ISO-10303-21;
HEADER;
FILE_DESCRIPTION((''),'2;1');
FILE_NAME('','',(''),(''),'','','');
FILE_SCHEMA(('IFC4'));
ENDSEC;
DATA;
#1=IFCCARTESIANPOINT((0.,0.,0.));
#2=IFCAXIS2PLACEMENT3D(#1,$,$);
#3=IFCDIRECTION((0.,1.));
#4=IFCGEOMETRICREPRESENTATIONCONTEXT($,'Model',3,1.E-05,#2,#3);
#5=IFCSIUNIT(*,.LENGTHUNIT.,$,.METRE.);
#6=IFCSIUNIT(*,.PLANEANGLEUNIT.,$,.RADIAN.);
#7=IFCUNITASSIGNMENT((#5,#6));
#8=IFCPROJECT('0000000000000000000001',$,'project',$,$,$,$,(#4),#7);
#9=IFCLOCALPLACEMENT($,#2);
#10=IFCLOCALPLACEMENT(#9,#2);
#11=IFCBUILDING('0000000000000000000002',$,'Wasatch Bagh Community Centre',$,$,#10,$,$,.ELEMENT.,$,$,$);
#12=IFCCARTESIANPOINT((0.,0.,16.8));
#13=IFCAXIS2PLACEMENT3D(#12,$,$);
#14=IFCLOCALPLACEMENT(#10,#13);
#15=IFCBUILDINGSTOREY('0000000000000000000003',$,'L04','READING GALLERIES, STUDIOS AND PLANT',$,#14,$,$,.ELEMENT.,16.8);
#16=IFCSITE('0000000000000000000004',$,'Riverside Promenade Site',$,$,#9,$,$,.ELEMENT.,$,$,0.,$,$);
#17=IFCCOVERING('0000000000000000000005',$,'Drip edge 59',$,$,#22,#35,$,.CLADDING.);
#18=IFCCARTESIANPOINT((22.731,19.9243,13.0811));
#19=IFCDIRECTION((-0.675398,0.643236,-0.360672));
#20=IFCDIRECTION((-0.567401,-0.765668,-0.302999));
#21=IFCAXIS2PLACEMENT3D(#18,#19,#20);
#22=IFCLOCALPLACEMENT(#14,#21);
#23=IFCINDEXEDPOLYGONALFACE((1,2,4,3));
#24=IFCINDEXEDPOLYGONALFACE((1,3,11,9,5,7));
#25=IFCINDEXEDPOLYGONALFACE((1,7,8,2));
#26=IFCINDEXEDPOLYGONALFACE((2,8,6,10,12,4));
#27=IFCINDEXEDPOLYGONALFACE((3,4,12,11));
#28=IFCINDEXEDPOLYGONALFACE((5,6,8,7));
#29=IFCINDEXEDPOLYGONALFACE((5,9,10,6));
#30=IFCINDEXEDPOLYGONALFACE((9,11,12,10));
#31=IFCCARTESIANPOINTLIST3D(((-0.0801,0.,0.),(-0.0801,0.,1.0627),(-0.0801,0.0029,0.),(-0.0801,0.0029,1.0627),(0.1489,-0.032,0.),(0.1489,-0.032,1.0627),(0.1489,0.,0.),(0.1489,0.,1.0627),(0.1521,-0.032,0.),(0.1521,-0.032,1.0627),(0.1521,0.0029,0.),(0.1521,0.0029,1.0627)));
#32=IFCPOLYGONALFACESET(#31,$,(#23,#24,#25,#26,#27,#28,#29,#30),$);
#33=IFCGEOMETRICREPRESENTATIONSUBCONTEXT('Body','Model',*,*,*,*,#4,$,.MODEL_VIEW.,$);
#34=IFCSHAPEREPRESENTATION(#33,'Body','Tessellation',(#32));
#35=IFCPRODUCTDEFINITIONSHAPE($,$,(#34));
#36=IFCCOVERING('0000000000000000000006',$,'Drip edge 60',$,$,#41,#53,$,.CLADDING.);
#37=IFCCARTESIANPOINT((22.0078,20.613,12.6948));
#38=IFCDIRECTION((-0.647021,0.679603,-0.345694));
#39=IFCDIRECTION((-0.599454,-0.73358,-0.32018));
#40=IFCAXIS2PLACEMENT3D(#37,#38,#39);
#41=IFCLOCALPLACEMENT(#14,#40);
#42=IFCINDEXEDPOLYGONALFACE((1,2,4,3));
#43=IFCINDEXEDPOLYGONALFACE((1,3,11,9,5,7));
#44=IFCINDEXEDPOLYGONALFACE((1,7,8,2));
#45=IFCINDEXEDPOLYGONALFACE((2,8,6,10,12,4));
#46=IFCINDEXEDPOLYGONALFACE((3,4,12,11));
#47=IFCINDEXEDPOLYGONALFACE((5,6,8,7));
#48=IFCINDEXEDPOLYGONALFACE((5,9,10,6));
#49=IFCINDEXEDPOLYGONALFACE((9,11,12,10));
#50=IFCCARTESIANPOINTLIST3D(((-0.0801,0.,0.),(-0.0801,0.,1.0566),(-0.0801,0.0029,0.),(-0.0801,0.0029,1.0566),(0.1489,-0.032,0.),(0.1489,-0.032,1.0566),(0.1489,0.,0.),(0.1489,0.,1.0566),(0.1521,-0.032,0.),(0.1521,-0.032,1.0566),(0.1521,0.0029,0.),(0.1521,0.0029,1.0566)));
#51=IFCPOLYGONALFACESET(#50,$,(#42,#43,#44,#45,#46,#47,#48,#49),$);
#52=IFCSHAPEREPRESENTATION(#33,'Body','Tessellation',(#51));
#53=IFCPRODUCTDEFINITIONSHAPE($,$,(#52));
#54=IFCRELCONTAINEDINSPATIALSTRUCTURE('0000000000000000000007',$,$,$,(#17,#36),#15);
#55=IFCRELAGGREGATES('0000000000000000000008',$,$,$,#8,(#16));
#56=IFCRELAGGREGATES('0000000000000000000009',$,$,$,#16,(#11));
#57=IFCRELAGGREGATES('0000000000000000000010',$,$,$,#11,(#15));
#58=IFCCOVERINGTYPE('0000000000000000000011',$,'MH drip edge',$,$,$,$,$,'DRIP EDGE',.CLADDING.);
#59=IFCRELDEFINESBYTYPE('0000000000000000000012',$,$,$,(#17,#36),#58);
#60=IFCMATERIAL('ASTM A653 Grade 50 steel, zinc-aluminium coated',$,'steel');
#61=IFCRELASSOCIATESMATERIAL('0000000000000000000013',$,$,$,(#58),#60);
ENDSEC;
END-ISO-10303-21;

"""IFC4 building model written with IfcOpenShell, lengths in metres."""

from ifc_helpers import new_model, si_unit, direction, frame, origin, place, context, subcontext, project, spatial, polyline, outline, extrude, material, material_profile, profile_set, type_object, element, save


model = new_model("IFC4")

# Units and contexts
model_context = context("Model", 3, precision=1e-05, world=origin(), true_north=direction((0.0, 1.0)))
body_context = subcontext(model_context, "Body", "Model", "MODEL_VIEW")
ifc_project = project(units=[si_unit("LENGTHUNIT", "METRE"), si_unit("PLANEANGLEUNIT", "RADIAN")], contexts=[model_context])

# Site, building, storey
site_placement = place(None, origin())
site = spatial("IfcSite", under=ifc_project, at=site_placement, Name="Riverside Promenade Site", CompositionType="ELEMENT", RefElevation=0.0)
building_placement = place(site_placement, origin())
building = spatial("IfcBuilding", under=site, at=building_placement, Name="Wasatch Bagh Community Centre", CompositionType="ELEMENT")
storey_placement = place(building_placement, frame((0.0, 0.0, 16.8)))
storey = spatial("IfcBuildingStorey", under=building, at=storey_placement, Name="L04", Description="READING GALLERIES, STUDIOS AND PLANT", CompositionType="ELEMENT", Elevation=16.8)

# Coverings
ifc_material_1 = material(Name="ASTM A653 Grade 50 steel, zinc-aluminium coated", Category="steel")
ifc_material_profile_1 = material_profile(ifc_material_1, outline(polyline([(-0.0801, 0.0029), (0.1521, 0.0029), (0.1521, -0.032), (0.1489, -0.032), (0.1489, 0.0), (-0.0801, 0.0), (-0.0801, 0.0029)])), Name="DRIP EDGE")
ifc_profile_set_1 = profile_set([ifc_material_profile_1], Name="ASTM A653 Grade 50 steel, zinc-aluminium coated")
covering_type_1 = type_object("IfcCoveringType", Name="MH drip edge", ElementType="DRIP EDGE", PredefinedType="CLADDING", material=ifc_profile_set_1)
covering_1_placement = place(storey_placement, frame((22.731, 19.9243, 13.0811), z_axis=(-0.675398, 0.643236, -0.360672), x_axis=(-0.567401, -0.765668, -0.302999)))
element("IfcCovering", 1, at=covering_1_placement, inside=storey, type_object=covering_type_1, Name="Drip edge 59", PredefinedType="CLADDING", context=body_context, shape_type="SweptSolid", body=[
    extrude(outline(polyline([(-0.0801, 0.0029), (0.1521, 0.0029), (0.1521, -0.032), (0.1489, -0.032), (0.1489, 0.0), (-0.0801, 0.0), (-0.0801, 0.0029)])), origin(), (0.0, 0.0, 1.0), 1.0627),
])
covering_2_placement = place(storey_placement, frame((22.0078, 20.613, 12.6948), z_axis=(-0.647021, 0.679603, -0.345694), x_axis=(-0.599454, -0.73358, -0.32018)))
element("IfcCovering", 2, at=covering_2_placement, inside=storey, type_object=covering_type_1, Name="Drip edge 60", PredefinedType="CLADDING", context=body_context, shape_type="SweptSolid", body=[
    extrude(outline(polyline([(-0.0801, 0.0029), (0.1521, 0.0029), (0.1521, -0.032), (0.1489, -0.032), (0.1489, 0.0), (-0.0801, 0.0), (-0.0801, 0.0029)])), origin(), (0.0, 0.0, 1.0), 1.0566),
])

save(model, "model.ifc")
